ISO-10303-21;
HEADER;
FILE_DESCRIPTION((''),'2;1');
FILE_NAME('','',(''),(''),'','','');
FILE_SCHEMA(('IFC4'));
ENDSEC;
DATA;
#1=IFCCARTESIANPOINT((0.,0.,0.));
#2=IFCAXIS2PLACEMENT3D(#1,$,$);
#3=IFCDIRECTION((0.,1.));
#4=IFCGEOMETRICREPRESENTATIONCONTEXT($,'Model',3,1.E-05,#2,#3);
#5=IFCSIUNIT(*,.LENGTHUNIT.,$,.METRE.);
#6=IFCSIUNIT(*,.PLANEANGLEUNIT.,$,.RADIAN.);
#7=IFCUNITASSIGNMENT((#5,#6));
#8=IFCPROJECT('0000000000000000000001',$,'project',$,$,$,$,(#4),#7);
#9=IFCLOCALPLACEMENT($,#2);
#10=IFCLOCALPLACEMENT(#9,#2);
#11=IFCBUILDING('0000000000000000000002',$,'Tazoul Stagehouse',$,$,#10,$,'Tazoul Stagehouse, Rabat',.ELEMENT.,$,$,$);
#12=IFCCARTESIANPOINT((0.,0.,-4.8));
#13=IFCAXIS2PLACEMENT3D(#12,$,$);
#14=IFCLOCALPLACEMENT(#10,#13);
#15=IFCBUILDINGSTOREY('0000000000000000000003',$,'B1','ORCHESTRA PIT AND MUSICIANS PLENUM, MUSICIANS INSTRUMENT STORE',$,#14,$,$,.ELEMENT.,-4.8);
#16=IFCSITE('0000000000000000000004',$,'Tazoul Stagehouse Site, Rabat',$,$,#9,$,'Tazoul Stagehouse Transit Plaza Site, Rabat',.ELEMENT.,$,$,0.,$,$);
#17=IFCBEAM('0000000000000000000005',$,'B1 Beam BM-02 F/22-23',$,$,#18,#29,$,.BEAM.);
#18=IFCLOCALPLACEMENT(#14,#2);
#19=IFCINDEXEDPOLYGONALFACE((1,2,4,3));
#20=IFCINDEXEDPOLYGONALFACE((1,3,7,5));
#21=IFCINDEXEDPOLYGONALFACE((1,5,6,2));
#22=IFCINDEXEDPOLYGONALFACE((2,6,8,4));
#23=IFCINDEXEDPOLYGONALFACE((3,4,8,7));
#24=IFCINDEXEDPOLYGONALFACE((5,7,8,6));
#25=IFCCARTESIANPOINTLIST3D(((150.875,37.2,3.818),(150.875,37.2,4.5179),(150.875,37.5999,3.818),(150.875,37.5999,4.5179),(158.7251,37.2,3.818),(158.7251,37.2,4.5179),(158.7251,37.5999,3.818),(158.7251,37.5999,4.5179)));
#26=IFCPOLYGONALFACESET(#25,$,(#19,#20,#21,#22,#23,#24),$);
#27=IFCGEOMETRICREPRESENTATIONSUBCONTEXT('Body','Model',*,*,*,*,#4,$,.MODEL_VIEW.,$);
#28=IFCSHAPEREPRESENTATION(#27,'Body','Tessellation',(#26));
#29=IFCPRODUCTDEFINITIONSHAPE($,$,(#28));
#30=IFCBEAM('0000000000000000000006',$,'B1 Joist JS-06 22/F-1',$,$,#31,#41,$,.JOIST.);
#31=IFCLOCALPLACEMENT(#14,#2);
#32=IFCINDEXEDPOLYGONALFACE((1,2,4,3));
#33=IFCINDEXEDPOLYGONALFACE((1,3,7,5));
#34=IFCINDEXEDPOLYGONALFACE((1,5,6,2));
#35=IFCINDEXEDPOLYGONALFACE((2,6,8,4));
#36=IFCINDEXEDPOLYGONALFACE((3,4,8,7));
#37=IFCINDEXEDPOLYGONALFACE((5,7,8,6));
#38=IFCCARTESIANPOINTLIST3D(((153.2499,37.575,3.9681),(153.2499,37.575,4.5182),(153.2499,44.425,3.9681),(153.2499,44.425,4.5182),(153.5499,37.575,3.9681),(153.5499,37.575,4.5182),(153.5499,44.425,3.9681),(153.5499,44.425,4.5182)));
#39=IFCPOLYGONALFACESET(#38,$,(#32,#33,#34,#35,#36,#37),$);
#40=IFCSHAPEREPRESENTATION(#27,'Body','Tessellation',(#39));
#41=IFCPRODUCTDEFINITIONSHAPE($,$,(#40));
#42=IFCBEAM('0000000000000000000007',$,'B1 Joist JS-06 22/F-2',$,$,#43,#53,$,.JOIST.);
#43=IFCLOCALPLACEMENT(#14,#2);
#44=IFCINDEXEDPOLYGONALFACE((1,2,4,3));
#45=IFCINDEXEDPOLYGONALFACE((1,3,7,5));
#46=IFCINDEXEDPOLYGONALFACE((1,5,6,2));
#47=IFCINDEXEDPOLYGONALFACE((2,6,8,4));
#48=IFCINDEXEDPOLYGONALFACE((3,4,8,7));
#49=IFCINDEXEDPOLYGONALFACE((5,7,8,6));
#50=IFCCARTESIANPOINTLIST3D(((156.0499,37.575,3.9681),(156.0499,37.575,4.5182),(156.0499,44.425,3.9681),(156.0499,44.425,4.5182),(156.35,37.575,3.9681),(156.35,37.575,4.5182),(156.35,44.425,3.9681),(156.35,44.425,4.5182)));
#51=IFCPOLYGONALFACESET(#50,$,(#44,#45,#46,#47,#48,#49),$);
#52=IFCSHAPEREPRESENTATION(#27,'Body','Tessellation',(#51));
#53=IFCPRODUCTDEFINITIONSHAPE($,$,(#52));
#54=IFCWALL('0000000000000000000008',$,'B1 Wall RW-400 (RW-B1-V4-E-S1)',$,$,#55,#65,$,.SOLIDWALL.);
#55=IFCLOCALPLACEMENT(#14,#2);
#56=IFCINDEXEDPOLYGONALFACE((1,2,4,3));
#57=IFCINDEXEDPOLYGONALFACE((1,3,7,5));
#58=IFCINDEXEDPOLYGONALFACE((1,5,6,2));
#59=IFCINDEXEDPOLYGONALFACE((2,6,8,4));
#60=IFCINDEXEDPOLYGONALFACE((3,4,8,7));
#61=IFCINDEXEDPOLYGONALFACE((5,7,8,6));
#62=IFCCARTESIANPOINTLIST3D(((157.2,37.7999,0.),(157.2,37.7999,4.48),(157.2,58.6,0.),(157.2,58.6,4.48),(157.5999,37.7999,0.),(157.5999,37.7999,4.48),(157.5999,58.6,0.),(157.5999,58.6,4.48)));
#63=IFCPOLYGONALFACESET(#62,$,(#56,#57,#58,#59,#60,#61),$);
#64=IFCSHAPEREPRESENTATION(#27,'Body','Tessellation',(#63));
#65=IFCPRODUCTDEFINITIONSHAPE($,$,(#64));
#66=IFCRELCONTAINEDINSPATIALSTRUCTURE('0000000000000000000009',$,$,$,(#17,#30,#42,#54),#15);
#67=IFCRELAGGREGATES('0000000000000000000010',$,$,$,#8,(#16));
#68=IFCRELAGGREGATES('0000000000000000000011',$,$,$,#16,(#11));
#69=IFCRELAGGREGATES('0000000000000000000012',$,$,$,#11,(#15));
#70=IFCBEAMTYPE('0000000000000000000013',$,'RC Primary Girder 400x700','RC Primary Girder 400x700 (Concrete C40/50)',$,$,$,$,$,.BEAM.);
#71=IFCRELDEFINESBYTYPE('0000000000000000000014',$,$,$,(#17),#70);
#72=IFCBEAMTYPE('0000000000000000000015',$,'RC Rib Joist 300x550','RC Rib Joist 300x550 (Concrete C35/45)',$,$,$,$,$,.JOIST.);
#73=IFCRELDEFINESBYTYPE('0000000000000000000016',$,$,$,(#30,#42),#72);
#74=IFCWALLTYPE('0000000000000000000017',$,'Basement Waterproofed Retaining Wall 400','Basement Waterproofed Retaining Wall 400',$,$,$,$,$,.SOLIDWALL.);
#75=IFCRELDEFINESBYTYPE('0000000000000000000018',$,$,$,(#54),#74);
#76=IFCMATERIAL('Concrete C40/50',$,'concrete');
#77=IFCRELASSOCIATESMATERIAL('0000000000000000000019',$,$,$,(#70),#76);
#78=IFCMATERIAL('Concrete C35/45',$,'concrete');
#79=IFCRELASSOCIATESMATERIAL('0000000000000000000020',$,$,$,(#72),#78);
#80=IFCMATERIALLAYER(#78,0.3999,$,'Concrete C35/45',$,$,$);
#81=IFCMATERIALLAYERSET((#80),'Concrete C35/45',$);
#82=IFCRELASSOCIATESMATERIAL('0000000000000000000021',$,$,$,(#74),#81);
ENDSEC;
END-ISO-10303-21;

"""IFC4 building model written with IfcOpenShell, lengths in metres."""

from ifc_helpers import new_model, si_unit, direction, frame, frame_2d, origin, origin_2d, place, context, subcontext, project, spatial, rectangle, extrude, material, layer, layer_set, material_profile, profile_set, type_object, element, save


model = new_model("IFC4")

# Units and contexts
model_context = context("Model", 3, precision=1e-05, world=origin(), true_north=direction((0.0, 1.0)))
body_context = subcontext(model_context, "Body", "Model", "MODEL_VIEW")
ifc_project = project(units=[si_unit("LENGTHUNIT", "METRE"), si_unit("PLANEANGLEUNIT", "RADIAN")], contexts=[model_context])

# Site, building, storey
site_placement = place(None, origin())
site = spatial("IfcSite", under=ifc_project, at=site_placement, Name="Tazoul Stagehouse Site, Rabat", LongName="Tazoul Stagehouse Transit Plaza Site, Rabat", CompositionType="ELEMENT", RefElevation=0.0)
building_placement = place(site_placement, origin())
building = spatial("IfcBuilding", under=site, at=building_placement, Name="Tazoul Stagehouse", LongName="Tazoul Stagehouse, Rabat", CompositionType="ELEMENT")
storey_placement = place(building_placement, frame((0.0, 0.0, -4.8)))
storey = spatial("IfcBuildingStorey", under=building, at=storey_placement, Name="B1", Description="ORCHESTRA PIT AND MUSICIANS PLENUM, MUSICIANS INSTRUMENT STORE", CompositionType="ELEMENT", Elevation=-4.8)

# Shared definitions
ifc_material_1 = material(Name="Concrete C35/45", Category="concrete")

# Shared definitions
ifc_material_2 = material(Name="Concrete C40/50", Category="concrete")

# Beams
ifc_material_profile_1 = material_profile(ifc_material_2, rectangle(XDim=0.3999, YDim=0.7, at=origin_2d()), Name="RC 400x700")
ifc_profile_set_1 = profile_set([ifc_material_profile_1], Name="Concrete C40/50")
beam_type_1 = type_object("IfcBeamType", Name="RC Primary Girder 400x700", Description="RC Primary Girder 400x700 (Concrete C40/50)", PredefinedType="BEAM", material=ifc_profile_set_1)
beam_placement = place(storey_placement, frame((150.875, 37.3999, 4.168), z_axis=(1.0, 0.0, 0.0), x_axis=(0.0, 1.0, 0.0)))
element("IfcBeam", 1, at=beam_placement, inside=storey, type_object=beam_type_1, Name="B1 Beam BM-02 F/22-23", PredefinedType="BEAM", context=body_context, shape_type="SweptSolid", body=[
    extrude(rectangle(XDim=0.3999, YDim=0.7, at=origin_2d()), origin(), (0.0, 0.0, 1.0), 7.8501),
])
ifc_material_profile_2 = material_profile(ifc_material_1, rectangle(XDim=0.3, YDim=0.55, at=origin_2d()), Name="RC 300x550")
ifc_profile_set_2 = profile_set([ifc_material_profile_2], Name="Concrete C35/45")
beam_type_2 = type_object("IfcBeamType", Name="RC Rib Joist 300x550", Description="RC Rib Joist 300x550 (Concrete C35/45)", PredefinedType="JOIST", material=ifc_profile_set_2)
for number, where, z_axis, x_axis, name in (
    (2, (153.3999, 37.575, 4.2432), (0.0, 1.0, 0.0), (-1.0, 0.0, 0.0), "B1 Joist JS-06 22/F-1"),
    (3, (156.2, 37.575, 4.2432), (0.0, 1.0, 0.0), (-1.0, 0.0, 0.0), "B1 Joist JS-06 22/F-2"),
):
    element("IfcBeam", number, at=place(storey_placement, frame(where, z_axis=z_axis, x_axis=x_axis)), inside=storey, type_object=beam_type_2, Name=name, PredefinedType="JOIST", context=body_context, shape_type="SweptSolid", body=[
        extrude(rectangle(XDim=0.3, YDim=0.55, at=origin_2d()), origin(), (0.0, 0.0, 1.0), 6.8501),
    ])

# Wall
ifc_layer = layer(ifc_material_1, 0.3999, Name="Concrete C35/45")
ifc_layer_set = layer_set([ifc_layer], Name="Concrete C35/45")
wall_type = type_object("IfcWallType", Name="Basement Waterproofed Retaining Wall 400", Description="Basement Waterproofed Retaining Wall 400", PredefinedType="SOLIDWALL", material=ifc_layer_set)
wall_placement = place(storey_placement, frame((157.3999, 37.8, 0.0), z_axis=(0.0, 0.0, 1.0), x_axis=(0.0, 1.0, 0.0)))
element("IfcWall", 4, at=wall_placement, inside=storey, type_object=wall_type, Name="B1 Wall RW-400 (RW-B1-V4-E-S1)", PredefinedType="SOLIDWALL", context=body_context, shape_type="SweptSolid", body=[
    extrude(rectangle(XDim=20.8, YDim=0.3999, at=frame_2d((10.3999, 0.0))), origin(), (0.0, 0.0, 1.0), 4.48),
])

save(model, "model.ifc")
